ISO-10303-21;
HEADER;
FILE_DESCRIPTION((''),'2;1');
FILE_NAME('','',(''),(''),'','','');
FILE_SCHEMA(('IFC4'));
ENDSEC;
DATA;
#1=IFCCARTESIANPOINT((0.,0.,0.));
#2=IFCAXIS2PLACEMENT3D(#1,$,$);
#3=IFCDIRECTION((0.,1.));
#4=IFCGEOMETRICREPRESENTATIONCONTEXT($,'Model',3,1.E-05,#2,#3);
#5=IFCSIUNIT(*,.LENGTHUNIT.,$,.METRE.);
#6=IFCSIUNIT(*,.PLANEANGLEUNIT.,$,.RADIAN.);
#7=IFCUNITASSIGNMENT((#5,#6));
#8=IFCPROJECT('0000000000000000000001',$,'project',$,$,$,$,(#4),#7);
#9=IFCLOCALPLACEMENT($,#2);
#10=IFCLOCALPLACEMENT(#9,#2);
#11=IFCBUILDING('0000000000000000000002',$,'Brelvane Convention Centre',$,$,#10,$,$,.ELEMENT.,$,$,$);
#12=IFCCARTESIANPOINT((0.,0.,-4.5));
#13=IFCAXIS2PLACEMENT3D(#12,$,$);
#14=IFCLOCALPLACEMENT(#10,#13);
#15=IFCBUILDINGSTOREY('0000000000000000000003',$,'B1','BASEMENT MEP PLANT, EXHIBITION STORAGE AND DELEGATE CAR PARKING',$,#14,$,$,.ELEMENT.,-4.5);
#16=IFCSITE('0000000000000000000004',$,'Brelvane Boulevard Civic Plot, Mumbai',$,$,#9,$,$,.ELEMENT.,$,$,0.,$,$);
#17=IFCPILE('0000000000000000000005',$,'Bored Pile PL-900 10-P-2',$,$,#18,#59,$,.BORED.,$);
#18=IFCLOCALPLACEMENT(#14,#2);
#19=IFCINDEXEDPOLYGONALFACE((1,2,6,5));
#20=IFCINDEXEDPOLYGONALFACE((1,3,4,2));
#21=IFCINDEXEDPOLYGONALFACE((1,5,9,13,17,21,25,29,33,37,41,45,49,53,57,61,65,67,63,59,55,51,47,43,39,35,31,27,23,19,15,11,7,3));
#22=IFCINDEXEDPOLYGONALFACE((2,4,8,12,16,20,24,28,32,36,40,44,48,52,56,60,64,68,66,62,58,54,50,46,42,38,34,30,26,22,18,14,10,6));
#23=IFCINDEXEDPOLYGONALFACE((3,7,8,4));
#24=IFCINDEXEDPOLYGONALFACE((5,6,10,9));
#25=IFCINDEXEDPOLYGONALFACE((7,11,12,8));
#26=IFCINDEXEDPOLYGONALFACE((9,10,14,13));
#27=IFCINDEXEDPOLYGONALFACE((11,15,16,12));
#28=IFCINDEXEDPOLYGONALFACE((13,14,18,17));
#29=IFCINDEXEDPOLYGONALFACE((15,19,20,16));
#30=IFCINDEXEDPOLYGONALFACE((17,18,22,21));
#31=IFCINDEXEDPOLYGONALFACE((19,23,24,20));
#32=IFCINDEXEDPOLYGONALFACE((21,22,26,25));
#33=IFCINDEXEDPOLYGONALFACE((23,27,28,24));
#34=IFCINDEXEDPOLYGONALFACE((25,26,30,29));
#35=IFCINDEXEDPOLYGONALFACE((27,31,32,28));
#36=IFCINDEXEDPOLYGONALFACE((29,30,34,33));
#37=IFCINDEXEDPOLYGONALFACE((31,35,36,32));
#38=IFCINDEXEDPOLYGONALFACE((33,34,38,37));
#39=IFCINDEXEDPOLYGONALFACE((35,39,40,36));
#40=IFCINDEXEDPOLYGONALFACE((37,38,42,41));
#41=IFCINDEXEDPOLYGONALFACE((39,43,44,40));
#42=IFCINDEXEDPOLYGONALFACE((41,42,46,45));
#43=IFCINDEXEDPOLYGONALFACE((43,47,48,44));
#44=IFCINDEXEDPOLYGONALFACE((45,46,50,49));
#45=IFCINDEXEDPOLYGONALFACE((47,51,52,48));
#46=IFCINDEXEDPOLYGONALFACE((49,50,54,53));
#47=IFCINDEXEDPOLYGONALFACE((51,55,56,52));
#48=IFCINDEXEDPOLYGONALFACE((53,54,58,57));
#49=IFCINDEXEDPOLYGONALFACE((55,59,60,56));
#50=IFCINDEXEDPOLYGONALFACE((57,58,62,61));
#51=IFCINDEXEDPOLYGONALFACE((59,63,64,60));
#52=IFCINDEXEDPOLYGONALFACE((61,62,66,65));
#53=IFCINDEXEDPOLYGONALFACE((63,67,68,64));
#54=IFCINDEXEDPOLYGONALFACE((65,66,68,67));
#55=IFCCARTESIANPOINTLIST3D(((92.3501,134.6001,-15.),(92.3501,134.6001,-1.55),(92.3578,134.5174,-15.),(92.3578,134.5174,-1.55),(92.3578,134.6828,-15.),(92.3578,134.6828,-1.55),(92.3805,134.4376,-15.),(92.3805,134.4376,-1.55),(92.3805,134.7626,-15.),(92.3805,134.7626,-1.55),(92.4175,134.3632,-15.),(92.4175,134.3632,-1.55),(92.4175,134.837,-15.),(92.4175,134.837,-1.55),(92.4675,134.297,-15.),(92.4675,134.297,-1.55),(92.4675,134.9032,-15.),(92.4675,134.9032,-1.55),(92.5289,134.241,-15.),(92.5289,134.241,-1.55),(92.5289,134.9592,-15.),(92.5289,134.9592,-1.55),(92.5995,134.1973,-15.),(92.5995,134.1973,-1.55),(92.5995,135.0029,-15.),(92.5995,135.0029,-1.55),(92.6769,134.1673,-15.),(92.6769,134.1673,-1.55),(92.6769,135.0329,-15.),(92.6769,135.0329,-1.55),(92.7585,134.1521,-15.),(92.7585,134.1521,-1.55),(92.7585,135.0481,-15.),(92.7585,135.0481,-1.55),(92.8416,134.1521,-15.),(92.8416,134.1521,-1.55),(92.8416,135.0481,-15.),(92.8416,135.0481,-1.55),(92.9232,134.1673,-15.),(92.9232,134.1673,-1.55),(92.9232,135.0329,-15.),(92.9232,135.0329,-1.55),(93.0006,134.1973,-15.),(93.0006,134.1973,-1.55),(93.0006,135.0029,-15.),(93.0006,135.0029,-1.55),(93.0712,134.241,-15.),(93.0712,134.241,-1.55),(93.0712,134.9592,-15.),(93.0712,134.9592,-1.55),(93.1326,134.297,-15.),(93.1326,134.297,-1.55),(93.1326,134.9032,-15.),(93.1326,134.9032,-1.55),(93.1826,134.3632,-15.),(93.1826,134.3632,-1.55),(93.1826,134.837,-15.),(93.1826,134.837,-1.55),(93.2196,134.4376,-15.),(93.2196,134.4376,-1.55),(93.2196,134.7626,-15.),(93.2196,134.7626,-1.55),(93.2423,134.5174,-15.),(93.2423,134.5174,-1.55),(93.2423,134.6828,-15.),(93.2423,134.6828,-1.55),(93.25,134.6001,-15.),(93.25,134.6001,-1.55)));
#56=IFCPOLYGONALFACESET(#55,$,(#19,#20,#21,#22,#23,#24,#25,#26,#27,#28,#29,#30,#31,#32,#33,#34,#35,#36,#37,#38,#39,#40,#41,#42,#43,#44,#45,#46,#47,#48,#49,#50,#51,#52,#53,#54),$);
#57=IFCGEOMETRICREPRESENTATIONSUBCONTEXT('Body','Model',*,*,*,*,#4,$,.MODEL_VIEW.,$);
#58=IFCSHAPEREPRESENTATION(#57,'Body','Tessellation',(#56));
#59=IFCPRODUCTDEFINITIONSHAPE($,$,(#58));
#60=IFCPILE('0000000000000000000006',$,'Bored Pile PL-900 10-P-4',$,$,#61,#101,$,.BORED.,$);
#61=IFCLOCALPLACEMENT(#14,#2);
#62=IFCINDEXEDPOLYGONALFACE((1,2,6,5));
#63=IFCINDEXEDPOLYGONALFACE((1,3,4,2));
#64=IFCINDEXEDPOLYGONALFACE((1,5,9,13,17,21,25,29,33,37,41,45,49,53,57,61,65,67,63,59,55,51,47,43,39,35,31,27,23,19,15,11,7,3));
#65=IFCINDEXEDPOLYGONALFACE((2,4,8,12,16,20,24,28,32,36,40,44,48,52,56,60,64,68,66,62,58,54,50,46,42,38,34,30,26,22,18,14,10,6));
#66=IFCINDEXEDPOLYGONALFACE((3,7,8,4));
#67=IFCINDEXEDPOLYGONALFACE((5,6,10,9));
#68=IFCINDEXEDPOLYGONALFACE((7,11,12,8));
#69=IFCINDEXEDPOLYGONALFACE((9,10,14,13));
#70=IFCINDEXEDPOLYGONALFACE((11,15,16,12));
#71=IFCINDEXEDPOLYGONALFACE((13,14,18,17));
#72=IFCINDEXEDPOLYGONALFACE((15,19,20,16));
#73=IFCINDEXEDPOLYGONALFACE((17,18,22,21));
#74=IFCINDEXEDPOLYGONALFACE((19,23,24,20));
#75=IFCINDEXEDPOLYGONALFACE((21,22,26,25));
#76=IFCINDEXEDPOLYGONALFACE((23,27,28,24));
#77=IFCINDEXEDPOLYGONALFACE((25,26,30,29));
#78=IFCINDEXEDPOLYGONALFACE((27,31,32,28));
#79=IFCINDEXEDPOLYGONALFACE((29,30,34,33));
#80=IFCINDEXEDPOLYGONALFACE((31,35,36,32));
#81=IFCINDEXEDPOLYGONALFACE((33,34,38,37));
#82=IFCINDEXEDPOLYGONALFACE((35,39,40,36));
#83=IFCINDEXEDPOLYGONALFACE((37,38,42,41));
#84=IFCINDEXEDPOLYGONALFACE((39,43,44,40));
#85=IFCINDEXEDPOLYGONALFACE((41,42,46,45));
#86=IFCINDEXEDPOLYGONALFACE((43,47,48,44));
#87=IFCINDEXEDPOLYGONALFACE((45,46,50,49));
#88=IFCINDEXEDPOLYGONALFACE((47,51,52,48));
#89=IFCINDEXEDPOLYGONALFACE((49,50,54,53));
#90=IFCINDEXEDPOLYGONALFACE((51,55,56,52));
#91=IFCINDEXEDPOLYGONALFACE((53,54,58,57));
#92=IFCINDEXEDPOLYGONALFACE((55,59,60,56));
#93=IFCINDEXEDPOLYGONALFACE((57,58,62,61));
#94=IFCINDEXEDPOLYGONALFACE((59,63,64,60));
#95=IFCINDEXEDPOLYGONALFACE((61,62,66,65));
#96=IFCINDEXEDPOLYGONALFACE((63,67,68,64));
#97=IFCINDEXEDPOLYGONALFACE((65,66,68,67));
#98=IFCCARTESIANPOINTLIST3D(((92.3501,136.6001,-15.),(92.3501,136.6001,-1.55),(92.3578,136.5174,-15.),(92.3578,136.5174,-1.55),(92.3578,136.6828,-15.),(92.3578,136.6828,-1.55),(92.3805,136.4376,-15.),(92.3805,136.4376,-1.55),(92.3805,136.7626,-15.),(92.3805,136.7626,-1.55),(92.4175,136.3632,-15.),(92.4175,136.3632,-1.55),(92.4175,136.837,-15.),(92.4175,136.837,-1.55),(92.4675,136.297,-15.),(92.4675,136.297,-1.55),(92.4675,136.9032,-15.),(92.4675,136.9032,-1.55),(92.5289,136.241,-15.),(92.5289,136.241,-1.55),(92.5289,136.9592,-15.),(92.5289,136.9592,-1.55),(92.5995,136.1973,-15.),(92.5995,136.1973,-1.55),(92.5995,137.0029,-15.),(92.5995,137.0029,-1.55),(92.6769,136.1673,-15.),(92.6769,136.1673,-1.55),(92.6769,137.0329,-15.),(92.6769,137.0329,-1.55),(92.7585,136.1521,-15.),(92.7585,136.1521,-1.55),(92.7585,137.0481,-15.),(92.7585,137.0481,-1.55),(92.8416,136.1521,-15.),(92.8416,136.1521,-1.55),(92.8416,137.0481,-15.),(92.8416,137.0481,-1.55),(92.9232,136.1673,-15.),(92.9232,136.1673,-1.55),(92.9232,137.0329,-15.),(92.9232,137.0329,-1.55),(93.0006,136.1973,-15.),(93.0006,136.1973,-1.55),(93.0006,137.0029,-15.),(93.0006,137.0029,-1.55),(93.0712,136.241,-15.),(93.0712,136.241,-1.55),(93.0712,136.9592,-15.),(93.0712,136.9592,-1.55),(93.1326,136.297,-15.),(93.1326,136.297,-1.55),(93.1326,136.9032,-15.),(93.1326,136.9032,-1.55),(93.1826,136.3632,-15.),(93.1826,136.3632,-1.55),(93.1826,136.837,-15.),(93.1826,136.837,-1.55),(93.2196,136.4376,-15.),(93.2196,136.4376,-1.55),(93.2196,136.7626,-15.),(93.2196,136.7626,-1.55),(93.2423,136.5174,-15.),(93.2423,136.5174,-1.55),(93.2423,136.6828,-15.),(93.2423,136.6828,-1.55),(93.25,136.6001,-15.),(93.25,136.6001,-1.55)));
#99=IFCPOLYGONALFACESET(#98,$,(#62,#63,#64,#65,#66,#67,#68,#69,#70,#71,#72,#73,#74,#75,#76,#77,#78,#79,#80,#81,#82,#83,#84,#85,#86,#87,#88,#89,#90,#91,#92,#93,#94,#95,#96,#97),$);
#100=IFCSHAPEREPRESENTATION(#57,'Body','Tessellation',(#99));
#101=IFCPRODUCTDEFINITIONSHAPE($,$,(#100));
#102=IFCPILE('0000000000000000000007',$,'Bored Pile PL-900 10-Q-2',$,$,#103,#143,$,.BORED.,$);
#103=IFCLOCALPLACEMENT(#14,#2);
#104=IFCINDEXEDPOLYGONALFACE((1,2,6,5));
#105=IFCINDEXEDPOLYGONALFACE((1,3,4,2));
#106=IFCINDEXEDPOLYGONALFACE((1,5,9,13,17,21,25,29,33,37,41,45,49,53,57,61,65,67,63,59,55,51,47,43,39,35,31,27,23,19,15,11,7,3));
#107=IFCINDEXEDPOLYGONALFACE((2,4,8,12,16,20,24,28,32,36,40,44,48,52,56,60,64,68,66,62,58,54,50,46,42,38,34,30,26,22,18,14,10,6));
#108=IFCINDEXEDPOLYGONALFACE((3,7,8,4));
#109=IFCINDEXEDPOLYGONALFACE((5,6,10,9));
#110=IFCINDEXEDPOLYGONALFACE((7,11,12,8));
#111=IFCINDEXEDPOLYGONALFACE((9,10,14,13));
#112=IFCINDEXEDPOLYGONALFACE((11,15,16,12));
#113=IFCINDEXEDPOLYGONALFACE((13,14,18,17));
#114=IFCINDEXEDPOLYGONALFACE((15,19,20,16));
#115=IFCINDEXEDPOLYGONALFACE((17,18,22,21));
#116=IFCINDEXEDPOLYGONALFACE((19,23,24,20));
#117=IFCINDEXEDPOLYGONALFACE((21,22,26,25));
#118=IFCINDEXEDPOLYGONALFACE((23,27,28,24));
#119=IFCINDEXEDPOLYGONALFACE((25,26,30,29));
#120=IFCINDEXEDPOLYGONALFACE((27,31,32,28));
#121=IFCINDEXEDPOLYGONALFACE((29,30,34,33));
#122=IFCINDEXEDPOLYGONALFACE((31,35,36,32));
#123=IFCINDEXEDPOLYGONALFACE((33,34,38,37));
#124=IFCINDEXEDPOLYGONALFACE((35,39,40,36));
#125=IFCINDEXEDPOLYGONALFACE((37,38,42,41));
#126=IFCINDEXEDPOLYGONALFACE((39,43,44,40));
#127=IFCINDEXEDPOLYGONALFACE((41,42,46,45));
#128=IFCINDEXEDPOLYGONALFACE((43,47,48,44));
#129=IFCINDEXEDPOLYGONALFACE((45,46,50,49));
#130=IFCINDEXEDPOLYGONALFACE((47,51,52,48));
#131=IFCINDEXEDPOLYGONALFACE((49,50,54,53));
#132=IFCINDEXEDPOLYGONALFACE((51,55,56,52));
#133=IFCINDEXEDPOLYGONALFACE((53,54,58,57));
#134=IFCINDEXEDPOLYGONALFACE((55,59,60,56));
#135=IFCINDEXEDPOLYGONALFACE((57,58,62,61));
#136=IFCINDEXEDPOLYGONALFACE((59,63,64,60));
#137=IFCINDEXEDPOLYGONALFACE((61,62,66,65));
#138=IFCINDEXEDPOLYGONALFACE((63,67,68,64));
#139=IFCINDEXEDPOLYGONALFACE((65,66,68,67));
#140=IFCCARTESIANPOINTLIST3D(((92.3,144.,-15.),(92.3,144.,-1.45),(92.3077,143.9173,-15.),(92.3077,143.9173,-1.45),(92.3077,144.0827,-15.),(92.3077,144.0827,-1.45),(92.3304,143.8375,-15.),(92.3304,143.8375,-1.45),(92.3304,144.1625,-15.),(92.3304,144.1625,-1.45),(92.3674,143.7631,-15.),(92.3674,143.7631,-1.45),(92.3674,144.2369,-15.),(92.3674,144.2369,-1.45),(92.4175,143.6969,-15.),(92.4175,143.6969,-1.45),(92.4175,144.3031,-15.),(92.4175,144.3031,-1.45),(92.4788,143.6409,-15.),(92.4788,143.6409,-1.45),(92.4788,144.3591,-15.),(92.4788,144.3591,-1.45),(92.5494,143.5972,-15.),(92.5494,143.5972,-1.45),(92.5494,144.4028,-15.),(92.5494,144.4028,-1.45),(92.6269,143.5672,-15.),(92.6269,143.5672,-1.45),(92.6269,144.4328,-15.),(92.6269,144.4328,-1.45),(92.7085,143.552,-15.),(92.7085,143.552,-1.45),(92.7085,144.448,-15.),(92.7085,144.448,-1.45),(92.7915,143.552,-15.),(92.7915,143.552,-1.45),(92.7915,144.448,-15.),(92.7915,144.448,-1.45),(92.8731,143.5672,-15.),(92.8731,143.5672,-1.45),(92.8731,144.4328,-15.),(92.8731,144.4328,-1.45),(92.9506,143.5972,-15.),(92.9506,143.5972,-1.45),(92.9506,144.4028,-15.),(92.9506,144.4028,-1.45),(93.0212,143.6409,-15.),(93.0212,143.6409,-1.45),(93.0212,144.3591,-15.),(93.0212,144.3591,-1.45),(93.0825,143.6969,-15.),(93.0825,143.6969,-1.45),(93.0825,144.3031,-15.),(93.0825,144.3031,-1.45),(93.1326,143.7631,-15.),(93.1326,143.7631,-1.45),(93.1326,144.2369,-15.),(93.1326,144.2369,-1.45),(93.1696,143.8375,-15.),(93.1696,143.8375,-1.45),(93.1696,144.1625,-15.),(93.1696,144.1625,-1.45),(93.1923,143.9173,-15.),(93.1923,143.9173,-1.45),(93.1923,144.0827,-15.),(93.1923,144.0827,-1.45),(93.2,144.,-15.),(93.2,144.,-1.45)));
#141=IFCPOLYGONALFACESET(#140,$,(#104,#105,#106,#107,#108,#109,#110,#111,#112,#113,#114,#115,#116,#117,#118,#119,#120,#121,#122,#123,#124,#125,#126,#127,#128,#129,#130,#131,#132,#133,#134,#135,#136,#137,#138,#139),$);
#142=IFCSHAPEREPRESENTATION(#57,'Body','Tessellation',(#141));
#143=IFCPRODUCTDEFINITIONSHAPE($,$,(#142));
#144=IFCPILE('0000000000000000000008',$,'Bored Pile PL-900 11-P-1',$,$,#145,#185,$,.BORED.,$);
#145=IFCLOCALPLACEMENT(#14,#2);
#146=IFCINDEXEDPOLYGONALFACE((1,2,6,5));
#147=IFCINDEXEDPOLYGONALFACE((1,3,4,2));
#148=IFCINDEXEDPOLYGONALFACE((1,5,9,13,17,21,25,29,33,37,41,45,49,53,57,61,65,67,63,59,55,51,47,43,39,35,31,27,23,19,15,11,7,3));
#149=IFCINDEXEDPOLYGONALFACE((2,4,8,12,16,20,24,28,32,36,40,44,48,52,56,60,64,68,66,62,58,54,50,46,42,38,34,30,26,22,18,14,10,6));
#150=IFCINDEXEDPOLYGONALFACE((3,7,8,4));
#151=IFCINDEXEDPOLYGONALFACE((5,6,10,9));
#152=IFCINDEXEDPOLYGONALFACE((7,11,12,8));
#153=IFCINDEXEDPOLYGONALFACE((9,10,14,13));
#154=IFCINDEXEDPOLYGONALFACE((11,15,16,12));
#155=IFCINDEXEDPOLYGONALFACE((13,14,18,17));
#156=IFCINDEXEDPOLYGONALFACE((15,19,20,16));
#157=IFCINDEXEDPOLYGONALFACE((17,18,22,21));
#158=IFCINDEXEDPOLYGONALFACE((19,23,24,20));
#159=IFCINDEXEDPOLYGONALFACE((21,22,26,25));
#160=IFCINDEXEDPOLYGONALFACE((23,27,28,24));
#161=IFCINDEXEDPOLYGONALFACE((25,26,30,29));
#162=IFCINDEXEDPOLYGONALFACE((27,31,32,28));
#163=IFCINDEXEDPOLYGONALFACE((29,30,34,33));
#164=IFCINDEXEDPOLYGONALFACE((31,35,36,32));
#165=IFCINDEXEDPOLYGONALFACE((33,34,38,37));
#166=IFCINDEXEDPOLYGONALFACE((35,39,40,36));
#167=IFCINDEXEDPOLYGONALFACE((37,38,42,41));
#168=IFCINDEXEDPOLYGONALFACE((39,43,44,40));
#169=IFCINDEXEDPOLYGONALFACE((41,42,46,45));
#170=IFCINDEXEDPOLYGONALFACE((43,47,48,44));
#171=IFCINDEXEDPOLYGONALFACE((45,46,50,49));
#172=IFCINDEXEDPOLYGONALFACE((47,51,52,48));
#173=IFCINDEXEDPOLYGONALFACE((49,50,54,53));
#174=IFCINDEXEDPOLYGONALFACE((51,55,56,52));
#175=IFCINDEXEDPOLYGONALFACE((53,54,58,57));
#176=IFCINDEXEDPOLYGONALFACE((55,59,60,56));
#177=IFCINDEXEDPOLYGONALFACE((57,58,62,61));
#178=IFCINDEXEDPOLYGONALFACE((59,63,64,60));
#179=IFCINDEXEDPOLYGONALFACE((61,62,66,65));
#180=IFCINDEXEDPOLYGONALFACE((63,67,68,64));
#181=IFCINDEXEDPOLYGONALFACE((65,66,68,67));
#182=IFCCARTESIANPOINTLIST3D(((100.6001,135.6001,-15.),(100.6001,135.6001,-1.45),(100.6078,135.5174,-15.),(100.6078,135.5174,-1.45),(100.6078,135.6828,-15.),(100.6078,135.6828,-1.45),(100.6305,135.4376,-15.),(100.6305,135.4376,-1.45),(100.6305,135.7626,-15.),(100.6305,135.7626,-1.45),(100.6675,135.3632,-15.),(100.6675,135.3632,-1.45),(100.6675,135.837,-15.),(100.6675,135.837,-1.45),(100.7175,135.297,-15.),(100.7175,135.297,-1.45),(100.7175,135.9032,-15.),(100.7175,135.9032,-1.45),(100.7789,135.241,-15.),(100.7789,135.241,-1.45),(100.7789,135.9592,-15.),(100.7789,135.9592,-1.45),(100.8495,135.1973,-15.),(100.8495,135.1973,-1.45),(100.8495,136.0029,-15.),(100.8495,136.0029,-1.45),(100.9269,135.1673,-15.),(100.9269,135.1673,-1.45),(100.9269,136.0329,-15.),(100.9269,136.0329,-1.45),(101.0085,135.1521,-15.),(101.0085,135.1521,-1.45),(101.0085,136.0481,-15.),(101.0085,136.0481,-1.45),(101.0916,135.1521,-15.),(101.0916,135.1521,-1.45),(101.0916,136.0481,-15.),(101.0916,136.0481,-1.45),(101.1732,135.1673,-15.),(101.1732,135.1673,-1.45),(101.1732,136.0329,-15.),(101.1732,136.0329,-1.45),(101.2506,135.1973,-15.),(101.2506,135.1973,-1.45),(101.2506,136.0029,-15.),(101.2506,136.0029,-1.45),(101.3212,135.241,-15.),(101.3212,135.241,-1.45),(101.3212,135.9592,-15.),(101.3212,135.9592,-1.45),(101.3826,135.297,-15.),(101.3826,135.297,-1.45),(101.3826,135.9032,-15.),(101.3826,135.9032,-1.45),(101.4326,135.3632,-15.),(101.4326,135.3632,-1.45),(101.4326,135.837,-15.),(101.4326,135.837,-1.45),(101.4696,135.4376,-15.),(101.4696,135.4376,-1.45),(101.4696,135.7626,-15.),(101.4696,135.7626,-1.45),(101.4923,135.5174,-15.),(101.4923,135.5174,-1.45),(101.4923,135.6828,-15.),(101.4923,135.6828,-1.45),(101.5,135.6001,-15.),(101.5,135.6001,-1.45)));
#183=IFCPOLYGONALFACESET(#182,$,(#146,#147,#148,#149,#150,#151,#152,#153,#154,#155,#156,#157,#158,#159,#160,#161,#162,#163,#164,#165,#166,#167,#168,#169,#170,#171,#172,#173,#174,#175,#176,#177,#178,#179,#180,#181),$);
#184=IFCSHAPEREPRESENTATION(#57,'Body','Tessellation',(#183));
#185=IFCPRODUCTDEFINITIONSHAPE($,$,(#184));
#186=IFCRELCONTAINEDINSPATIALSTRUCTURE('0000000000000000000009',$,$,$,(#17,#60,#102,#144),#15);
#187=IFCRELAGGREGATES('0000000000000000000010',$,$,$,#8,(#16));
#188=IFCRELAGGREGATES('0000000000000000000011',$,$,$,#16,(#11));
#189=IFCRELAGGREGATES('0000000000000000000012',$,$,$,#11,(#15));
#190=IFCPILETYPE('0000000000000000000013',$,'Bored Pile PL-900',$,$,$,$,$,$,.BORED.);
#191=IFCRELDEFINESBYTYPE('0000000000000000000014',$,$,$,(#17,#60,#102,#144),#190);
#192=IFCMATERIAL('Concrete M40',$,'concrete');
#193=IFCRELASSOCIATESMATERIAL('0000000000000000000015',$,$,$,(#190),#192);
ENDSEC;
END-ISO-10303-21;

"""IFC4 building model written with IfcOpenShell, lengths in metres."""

from ifc_helpers import new_model, si_unit, direction, frame, origin, origin_2d, place, context, subcontext, project, spatial, circle, extrude, material, material_profile, profile_set, type_object, element, save


model = new_model("IFC4")

# Units and contexts
model_context = context("Model", 3, precision=1e-05, world=origin(), true_north=direction((0.0, 1.0)))
body_context = subcontext(model_context, "Body", "Model", "MODEL_VIEW")
ifc_project = project(units=[si_unit("LENGTHUNIT", "METRE"), si_unit("PLANEANGLEUNIT", "RADIAN")], contexts=[model_context])

# Site, building, storey
site_placement = place(None, origin())
site = spatial("IfcSite", under=ifc_project, at=site_placement, Name="Brelvane Boulevard Civic Plot, Mumbai", CompositionType="ELEMENT", RefElevation=0.0)
building_placement = place(site_placement, origin())
building = spatial("IfcBuilding", under=site, at=building_placement, Name="Brelvane Convention Centre", CompositionType="ELEMENT")
storey_placement = place(building_placement, frame((0.0, 0.0, -4.5)))
storey = spatial("IfcBuildingStorey", under=building, at=storey_placement, Name="B1", Description="BASEMENT MEP PLANT, EXHIBITION STORAGE AND DELEGATE CAR PARKING", CompositionType="ELEMENT", Elevation=-4.5)

# Piles
ifc_material_1 = material(Name="Concrete M40", Category="concrete")
ifc_material_profile_1 = material_profile(ifc_material_1, circle(Radius=0.45, at=origin_2d()), Name="PILE D900")
ifc_profile_set_1 = profile_set([ifc_material_profile_1], Name="Concrete M40")
pile_type = type_object("IfcPileType", Name="Bored Pile PL-900", PredefinedType="BORED", material=ifc_profile_set_1)
for number, where, z_axis, x_axis, name in (
    (1, (92.8, 134.6001, -1.55), (0.0, 0.0, -1.0), (1.0, 0.0, 0.0), "Bored Pile PL-900 10-P-2"),
    (2, (92.8, 136.6001, -1.55), (0.0, 0.0, -1.0), (1.0, 0.0, 0.0), "Bored Pile PL-900 10-P-4"),
):
    element("IfcPile", number, at=place(storey_placement, frame(where, z_axis=z_axis, x_axis=x_axis)), inside=storey, type_object=pile_type, Name=name, PredefinedType="BORED", context=body_context, shape_type="SweptSolid", body=[
        extrude(circle(Radius=0.45, at=origin_2d()), origin(), (0.0, 0.0, 1.0), 13.45),
    ])
for number, where, z_axis, x_axis, name in (
    (3, (92.75, 144.0, -1.45), (0.0, 0.0, -1.0), (1.0, 0.0, 0.0), "Bored Pile PL-900 10-Q-2"),
    (4, (101.05, 135.6001, -1.45), (0.0, 0.0, -1.0), (1.0, 0.0, 0.0), "Bored Pile PL-900 11-P-1"),
):
    element("IfcPile", number, at=place(storey_placement, frame(where, z_axis=z_axis, x_axis=x_axis)), inside=storey, type_object=pile_type, Name=name, PredefinedType="BORED", context=body_context, shape_type="SweptSolid", body=[
        extrude(circle(Radius=0.45, at=origin_2d()), origin(), (0.0, 0.0, 1.0), 13.55),
    ])

save(model, "model.ifc")
